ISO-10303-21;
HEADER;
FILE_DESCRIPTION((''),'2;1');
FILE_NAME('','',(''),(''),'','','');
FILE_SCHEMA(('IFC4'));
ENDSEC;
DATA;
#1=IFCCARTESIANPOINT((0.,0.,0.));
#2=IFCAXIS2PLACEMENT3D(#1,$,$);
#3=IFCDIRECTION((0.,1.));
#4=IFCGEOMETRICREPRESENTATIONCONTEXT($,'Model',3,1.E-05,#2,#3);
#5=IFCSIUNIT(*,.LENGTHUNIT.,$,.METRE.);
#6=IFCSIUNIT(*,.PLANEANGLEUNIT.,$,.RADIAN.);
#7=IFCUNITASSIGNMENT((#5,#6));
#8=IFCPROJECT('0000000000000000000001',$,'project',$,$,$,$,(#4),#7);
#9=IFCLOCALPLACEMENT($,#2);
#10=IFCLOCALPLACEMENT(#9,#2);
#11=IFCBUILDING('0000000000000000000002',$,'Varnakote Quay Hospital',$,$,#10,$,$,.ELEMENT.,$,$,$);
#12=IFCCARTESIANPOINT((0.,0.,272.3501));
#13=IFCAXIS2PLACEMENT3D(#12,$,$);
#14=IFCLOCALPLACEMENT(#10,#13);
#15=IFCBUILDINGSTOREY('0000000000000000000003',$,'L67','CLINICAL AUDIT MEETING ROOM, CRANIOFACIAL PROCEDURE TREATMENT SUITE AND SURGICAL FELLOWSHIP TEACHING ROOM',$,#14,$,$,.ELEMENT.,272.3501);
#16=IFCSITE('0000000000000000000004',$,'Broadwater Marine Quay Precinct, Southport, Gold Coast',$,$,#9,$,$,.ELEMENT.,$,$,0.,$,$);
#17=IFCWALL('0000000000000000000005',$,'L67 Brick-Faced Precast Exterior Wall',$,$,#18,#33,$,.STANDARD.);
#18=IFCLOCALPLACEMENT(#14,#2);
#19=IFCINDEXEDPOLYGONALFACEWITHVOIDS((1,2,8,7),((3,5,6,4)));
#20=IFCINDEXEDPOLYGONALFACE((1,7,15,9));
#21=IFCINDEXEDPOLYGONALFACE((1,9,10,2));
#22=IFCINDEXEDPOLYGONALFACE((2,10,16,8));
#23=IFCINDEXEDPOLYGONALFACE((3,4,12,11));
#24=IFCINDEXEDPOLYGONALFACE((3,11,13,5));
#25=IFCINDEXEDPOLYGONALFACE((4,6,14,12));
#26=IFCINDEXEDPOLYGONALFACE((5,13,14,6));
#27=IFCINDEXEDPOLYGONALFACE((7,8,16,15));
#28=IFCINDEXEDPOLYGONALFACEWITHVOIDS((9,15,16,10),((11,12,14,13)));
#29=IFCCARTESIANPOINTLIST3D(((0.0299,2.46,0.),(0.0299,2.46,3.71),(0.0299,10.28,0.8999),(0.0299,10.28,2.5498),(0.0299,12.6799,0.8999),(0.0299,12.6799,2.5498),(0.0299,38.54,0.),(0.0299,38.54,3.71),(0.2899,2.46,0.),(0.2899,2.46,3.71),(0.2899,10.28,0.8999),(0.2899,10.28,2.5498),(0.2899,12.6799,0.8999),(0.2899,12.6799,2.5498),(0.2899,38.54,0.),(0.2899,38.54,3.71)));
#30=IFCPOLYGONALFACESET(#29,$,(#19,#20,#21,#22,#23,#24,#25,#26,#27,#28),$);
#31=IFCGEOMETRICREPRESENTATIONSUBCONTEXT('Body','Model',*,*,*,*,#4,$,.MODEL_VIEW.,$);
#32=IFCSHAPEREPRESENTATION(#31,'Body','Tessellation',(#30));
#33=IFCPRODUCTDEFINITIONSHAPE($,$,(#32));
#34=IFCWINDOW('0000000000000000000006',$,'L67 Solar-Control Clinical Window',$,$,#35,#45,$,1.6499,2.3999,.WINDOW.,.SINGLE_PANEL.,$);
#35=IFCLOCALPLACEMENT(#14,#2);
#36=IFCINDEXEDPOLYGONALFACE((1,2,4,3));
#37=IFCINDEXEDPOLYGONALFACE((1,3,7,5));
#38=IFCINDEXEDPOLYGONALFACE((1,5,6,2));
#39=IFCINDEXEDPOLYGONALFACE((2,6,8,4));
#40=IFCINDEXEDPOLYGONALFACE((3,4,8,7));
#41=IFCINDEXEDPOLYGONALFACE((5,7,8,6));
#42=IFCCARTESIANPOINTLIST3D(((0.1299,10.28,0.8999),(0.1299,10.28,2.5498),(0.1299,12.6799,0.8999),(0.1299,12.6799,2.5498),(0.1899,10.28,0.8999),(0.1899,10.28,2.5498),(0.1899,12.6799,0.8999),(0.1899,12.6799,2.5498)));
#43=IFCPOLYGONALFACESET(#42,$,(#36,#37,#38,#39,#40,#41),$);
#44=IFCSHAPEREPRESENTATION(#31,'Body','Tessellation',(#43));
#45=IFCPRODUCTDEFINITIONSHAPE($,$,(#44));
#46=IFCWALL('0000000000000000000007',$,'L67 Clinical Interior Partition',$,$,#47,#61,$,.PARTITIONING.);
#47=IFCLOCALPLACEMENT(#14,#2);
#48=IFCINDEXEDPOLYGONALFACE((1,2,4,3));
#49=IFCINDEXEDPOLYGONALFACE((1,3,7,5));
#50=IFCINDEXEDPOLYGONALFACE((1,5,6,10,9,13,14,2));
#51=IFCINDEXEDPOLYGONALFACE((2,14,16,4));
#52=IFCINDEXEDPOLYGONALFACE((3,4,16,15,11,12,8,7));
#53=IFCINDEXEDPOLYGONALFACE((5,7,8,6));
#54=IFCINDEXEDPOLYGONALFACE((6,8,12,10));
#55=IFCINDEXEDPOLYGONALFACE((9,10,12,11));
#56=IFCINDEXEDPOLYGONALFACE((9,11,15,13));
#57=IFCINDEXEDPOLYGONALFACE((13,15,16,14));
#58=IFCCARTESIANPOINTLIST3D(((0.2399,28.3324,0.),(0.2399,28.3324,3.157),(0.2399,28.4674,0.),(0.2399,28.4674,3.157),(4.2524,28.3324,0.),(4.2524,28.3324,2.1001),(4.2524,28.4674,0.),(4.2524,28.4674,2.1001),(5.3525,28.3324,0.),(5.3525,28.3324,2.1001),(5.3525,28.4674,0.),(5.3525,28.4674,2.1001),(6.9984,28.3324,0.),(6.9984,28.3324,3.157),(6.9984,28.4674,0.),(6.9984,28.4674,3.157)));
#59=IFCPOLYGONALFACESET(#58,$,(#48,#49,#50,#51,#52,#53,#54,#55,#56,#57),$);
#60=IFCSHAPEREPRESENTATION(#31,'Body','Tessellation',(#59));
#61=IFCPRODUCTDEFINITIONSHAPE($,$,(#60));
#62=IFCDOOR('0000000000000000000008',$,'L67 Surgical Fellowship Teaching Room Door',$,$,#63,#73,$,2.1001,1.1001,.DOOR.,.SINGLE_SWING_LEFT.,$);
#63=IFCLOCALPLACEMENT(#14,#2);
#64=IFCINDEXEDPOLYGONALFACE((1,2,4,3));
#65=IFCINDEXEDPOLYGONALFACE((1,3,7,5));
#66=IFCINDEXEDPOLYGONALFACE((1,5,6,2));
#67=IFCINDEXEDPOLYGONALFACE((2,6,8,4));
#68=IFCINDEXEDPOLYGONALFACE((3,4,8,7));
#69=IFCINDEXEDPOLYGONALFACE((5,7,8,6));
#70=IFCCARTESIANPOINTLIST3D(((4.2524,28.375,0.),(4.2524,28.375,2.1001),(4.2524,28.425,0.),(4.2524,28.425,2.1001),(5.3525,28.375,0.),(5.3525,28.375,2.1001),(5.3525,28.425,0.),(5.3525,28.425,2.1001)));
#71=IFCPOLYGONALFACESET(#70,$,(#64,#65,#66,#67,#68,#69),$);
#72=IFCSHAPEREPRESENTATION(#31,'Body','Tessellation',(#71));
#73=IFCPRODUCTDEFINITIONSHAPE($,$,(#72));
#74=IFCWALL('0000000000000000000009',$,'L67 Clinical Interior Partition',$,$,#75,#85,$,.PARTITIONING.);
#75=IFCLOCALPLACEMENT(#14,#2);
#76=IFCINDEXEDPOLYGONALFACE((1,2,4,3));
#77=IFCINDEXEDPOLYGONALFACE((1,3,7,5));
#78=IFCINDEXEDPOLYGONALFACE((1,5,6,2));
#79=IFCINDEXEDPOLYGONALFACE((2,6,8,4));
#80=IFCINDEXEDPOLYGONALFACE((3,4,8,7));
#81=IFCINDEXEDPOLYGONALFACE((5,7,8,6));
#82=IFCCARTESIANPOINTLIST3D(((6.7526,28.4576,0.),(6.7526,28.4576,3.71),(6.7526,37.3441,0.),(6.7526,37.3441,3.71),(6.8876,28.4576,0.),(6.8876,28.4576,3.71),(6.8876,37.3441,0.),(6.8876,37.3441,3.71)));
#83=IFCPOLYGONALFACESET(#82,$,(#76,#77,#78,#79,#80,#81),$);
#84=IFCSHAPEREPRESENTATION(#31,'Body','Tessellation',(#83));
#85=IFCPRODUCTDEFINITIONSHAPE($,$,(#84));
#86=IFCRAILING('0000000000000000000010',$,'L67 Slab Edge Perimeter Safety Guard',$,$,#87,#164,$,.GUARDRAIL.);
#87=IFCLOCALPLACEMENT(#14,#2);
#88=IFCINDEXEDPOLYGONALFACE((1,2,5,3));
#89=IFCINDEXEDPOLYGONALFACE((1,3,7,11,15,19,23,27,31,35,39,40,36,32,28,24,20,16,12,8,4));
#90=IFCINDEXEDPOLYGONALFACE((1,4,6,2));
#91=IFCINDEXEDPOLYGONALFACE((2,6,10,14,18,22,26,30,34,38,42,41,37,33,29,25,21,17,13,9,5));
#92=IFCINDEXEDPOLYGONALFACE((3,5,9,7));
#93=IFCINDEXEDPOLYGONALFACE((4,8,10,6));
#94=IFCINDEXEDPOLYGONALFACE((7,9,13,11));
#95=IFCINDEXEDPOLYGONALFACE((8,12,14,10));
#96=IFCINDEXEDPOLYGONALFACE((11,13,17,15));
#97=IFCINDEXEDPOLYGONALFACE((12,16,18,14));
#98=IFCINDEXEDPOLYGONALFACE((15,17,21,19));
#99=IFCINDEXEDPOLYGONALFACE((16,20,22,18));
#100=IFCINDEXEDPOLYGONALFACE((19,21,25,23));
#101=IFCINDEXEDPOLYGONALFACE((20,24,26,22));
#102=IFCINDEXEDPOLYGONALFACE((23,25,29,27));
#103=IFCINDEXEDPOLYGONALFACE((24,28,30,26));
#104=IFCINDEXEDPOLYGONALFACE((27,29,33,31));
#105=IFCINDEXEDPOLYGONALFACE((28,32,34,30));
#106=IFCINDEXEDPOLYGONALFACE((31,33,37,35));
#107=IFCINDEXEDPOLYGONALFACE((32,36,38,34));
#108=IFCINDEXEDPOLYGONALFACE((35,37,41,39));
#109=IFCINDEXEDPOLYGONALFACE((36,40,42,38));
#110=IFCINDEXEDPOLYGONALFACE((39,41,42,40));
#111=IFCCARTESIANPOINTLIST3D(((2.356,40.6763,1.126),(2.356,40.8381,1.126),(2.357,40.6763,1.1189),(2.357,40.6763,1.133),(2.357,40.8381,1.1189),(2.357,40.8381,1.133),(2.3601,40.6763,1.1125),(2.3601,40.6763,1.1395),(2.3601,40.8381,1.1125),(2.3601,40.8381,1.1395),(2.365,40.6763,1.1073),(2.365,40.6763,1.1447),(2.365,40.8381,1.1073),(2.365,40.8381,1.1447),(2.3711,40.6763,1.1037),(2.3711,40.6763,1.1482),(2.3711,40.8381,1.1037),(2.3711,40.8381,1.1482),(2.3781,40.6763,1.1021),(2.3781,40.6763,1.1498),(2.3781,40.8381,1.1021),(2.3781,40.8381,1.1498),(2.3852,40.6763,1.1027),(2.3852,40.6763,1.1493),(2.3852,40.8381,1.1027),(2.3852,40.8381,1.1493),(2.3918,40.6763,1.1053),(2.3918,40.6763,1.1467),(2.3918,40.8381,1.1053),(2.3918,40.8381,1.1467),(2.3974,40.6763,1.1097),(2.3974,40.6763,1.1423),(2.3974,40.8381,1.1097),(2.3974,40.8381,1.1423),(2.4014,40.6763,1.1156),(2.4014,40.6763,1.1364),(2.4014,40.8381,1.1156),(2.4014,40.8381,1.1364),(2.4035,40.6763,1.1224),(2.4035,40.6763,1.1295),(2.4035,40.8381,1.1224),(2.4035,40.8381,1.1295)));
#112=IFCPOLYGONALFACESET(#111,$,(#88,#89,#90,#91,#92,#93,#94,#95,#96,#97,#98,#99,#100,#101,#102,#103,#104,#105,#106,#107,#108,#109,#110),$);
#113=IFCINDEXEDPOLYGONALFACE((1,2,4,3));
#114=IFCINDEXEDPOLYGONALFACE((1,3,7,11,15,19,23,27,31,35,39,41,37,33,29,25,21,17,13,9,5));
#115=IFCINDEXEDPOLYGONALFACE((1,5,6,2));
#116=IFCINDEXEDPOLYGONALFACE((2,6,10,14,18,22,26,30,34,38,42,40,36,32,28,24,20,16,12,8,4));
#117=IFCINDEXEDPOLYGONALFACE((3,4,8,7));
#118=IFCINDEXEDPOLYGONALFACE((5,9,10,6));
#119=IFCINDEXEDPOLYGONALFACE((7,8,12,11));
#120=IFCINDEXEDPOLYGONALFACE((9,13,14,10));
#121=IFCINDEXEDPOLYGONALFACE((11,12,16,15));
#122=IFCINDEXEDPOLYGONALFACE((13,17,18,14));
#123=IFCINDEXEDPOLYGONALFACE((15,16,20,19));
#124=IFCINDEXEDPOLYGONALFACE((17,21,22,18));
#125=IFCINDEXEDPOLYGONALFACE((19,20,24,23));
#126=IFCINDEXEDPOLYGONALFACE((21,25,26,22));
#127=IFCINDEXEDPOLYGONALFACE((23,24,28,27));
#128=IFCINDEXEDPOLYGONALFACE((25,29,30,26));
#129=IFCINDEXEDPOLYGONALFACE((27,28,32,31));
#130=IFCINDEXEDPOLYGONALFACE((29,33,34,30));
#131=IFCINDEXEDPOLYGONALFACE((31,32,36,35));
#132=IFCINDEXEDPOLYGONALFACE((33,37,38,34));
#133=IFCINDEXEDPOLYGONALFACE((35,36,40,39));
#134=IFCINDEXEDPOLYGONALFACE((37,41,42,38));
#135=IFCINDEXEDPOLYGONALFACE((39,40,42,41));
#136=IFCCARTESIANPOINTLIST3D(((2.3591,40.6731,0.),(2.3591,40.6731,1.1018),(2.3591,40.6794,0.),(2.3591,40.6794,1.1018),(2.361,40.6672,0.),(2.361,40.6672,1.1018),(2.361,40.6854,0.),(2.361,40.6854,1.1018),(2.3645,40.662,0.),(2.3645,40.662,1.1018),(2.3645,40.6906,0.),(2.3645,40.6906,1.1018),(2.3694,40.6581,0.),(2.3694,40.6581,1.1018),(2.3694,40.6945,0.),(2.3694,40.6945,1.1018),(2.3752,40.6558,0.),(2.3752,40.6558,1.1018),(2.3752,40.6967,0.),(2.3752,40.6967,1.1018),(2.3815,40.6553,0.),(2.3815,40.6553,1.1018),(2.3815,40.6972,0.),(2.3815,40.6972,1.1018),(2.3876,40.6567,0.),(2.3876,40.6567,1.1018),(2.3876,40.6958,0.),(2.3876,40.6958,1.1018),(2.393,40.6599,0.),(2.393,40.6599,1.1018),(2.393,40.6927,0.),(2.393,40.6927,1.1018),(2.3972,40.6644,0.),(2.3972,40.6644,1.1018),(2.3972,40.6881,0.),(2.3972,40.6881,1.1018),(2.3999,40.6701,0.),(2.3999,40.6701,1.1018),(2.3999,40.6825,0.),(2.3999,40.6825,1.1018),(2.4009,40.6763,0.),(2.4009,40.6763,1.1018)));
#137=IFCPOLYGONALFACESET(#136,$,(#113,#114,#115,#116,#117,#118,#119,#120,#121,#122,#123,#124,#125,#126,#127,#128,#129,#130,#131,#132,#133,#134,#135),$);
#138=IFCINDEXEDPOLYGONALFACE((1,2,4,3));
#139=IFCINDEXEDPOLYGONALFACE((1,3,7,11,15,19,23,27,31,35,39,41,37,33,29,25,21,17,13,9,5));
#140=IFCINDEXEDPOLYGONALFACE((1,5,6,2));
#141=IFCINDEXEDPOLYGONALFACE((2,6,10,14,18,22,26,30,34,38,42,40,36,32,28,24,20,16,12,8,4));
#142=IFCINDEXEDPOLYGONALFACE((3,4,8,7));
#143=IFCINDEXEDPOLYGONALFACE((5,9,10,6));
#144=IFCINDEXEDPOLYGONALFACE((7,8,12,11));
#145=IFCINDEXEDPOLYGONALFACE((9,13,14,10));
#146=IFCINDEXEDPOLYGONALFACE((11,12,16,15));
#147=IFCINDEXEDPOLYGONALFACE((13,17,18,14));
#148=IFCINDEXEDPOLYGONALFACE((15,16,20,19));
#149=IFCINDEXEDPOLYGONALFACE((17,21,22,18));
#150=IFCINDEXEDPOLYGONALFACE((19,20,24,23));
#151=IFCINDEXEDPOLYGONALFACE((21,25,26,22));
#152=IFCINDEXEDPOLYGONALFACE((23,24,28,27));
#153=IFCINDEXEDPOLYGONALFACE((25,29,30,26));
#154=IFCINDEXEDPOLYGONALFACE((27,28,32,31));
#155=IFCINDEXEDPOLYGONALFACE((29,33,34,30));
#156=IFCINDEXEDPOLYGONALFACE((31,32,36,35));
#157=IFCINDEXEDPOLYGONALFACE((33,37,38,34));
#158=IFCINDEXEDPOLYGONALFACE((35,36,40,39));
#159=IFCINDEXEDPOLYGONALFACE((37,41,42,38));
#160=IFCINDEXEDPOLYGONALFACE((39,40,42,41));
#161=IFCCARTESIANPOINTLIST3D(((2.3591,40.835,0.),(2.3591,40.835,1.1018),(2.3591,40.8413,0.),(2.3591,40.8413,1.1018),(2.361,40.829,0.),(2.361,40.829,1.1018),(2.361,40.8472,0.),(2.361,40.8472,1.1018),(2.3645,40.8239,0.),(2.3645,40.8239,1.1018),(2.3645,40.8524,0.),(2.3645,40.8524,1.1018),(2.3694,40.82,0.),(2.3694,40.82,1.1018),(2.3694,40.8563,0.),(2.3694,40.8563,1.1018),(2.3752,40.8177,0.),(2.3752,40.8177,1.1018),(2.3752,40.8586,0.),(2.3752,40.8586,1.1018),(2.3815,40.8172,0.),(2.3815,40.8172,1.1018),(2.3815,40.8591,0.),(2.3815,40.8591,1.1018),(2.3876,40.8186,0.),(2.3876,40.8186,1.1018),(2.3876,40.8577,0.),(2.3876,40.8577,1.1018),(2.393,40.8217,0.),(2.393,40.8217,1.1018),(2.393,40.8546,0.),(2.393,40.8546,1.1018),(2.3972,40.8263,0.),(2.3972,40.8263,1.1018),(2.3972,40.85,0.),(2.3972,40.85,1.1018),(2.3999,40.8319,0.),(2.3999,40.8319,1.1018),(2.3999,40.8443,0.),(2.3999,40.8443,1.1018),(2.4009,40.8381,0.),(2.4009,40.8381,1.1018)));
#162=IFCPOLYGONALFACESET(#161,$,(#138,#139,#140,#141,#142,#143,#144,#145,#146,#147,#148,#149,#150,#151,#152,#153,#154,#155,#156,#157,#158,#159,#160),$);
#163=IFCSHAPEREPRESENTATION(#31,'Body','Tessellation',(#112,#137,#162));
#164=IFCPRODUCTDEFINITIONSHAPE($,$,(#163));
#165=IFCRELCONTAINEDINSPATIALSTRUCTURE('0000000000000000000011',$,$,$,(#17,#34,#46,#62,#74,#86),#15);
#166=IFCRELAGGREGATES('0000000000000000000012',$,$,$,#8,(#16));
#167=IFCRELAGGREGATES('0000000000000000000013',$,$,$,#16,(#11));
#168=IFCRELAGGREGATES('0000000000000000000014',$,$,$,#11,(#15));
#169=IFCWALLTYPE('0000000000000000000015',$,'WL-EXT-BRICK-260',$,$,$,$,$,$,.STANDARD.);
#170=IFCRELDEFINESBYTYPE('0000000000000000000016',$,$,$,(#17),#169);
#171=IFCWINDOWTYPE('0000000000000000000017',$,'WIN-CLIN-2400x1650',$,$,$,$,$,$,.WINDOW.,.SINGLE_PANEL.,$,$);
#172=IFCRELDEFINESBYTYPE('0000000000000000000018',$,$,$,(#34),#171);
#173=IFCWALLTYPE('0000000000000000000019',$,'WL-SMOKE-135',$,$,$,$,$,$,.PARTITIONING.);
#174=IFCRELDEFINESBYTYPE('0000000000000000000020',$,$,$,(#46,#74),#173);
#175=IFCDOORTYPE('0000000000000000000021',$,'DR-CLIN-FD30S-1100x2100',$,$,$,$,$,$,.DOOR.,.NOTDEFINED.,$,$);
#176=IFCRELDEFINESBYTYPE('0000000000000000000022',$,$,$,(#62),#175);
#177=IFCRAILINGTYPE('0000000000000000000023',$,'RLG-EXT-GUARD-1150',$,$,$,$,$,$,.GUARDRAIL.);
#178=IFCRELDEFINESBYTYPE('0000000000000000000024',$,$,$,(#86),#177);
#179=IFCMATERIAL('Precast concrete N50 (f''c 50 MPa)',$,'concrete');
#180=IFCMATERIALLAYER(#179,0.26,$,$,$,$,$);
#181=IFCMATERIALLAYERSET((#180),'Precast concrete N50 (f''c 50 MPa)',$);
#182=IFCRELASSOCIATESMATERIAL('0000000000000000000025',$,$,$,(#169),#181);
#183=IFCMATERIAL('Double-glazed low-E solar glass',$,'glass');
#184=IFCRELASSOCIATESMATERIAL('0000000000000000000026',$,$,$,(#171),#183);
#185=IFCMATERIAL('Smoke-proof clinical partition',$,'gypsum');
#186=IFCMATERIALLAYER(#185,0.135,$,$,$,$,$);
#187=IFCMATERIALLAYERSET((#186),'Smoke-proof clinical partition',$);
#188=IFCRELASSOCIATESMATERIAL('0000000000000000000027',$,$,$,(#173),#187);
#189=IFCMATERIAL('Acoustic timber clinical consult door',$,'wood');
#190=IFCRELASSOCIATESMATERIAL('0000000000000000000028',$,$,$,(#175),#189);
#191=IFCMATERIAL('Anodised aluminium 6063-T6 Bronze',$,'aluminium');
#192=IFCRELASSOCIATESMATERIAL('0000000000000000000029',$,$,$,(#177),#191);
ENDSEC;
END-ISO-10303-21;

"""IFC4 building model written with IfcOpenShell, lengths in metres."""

from ifc_helpers import new_model, si_unit, direction, frame, frame_2d, origin, origin_2d, place, context, subcontext, project, spatial, rectangle, circle, extrude, material, layer, layer_set, type_object, element, fill, save


model = new_model("IFC4")

# Units and contexts
model_context = context("Model", 3, precision=1e-05, world=origin(), true_north=direction((0.0, 1.0)))
body_context = subcontext(model_context, "Body", "Model", "MODEL_VIEW")
ifc_project = project(units=[si_unit("LENGTHUNIT", "METRE"), si_unit("PLANEANGLEUNIT", "RADIAN")], contexts=[model_context])

# Site, building, storey
site_placement = place(None, origin())
site = spatial("IfcSite", under=ifc_project, at=site_placement, Name="Broadwater Marine Quay Precinct, Southport, Gold Coast", CompositionType="ELEMENT", RefElevation=0.0)
building_placement = place(site_placement, origin())
building = spatial("IfcBuilding", under=site, at=building_placement, Name="Varnakote Quay Hospital", CompositionType="ELEMENT")
storey_placement = place(building_placement, frame((0.0, 0.0, 272.3501)))
storey = spatial("IfcBuildingStorey", under=building, at=storey_placement, Name="L67", Description="CLINICAL AUDIT MEETING ROOM, CRANIOFACIAL PROCEDURE TREATMENT SUITE AND SURGICAL FELLOWSHIP TEACHING ROOM", CompositionType="ELEMENT", Elevation=272.3501)

# Shared definitions
ifc_material_1 = material(Name="Precast concrete N50 (f'c 50 MPa)", Category="concrete")
ifc_layer_1 = layer(ifc_material_1, 0.26)
ifc_layer_set_1 = layer_set([ifc_layer_1], Name="Precast concrete N50 (f'c 50 MPa)")
wall_type_1 = type_object("IfcWallType", Name="WL-EXT-BRICK-260", PredefinedType="STANDARD", material=ifc_layer_set_1)
ifc_material_2 = material(Name="Double-glazed low-E solar glass", Category="glass")
window_type = type_object("IfcWindowType", Name="WIN-CLIN-2400x1650", PartitioningType="SINGLE_PANEL", PredefinedType="WINDOW", material=ifc_material_2)

# Wall, opening, window
wall_1_placement = place(storey_placement, frame((0.1599, 38.54, 0.0), z_axis=(0.0, 0.0, 1.0), x_axis=(0.0, -1.0, 0.0)))
wall_1 = element("IfcWall", 1, at=wall_1_placement, inside=storey, type_object=wall_type_1, Name="L67 Brick-Faced Precast Exterior Wall", PredefinedType="STANDARD", context=body_context, shape_type="SweptSolid", body=[
    extrude(rectangle(XDim=36.0801, YDim=0.26, at=frame_2d((18.04, 0.0))), origin(), (0.0, 0.0, 1.0), 3.71),
])
opening_1_placement = place(wall_1_placement, frame((25.8601, 0.0, 0.8999)))
opening_1 = element("IfcOpeningElement", 2, at=opening_1_placement, cuts=wall_1, PredefinedType="OPENING", context=body_context, shape_type="SweptSolid", body=[
    extrude(rectangle(XDim=2.3999, YDim=1.6499, at=frame_2d((1.2, 0.825))), frame((0.0, 0.1399, 0.0), z_axis=(0.0, -1.0, 0.0), x_axis=(1.0, 0.0, 0.0)), (0.0, 0.0, 1.0), 0.28),
])
window_1_placement = place(opening_1_placement, origin())
window_1 = element("IfcWindow", 3, at=window_1_placement, inside=storey, type_object=window_type, Name="L67 Solar-Control Clinical Window", OverallHeight=1.6499, OverallWidth=2.3999, PartitioningType="SINGLE_PANEL", PredefinedType="WINDOW", context=body_context, shape_type="SweptSolid", body=[
    extrude(rectangle(XDim=2.3999, YDim=1.6499, at=frame_2d((1.2, 0.825))), frame((0.0, 0.03, 0.0), z_axis=(0.0, -1.0, 0.0), x_axis=(1.0, 0.0, 0.0)), (0.0, 0.0, 1.0), 0.0601),
])
fill(opening_1, window_1)

# Wall, opening, door
ifc_material_3 = material(Name="Smoke-proof clinical partition", Category="gypsum")
ifc_layer_2 = layer(ifc_material_3, 0.135)
ifc_layer_set_2 = layer_set([ifc_layer_2], Name="Smoke-proof clinical partition")
wall_type_2 = type_object("IfcWallType", Name="WL-SMOKE-135", PredefinedType="PARTITIONING", material=ifc_layer_set_2)
wall_2_placement = place(storey_placement, frame((6.9985, 28.3999, 0.0), z_axis=(0.0, 0.0, 1.0), x_axis=(-1.0, 0.0, 0.0)))
wall_2 = element("IfcWall", 4, at=wall_2_placement, inside=storey, type_object=wall_type_2, Name="L67 Clinical Interior Partition", PredefinedType="PARTITIONING", context=body_context, shape_type="SweptSolid", body=[
    extrude(rectangle(XDim=6.7585, YDim=0.135, at=frame_2d((3.3794, 0.0))), origin(), (0.0, 0.0, 1.0), 3.157),
])
opening_2_placement = place(wall_2_placement, frame((1.646, 0.0, 0.0)))
opening_2 = element("IfcOpeningElement", 5, at=opening_2_placement, cuts=wall_2, PredefinedType="OPENING", context=body_context, shape_type="SweptSolid", body=[
    extrude(rectangle(XDim=1.1001, YDim=2.1001, at=frame_2d((0.55, 1.05))), frame((0.0, 0.0774, 0.0), z_axis=(0.0, -1.0, 0.0), x_axis=(1.0, 0.0, 0.0)), (0.0, 0.0, 1.0), 0.155),
])
ifc_material_4 = material(Name="Acoustic timber clinical consult door", Category="wood")
door_type = type_object("IfcDoorType", Name="DR-CLIN-FD30S-1100x2100", OperationType="NOTDEFINED", PredefinedType="DOOR", material=ifc_material_4)
door_placement = place(opening_2_placement, origin())
door = element("IfcDoor", 6, at=door_placement, inside=storey, type_object=door_type, Name="L67 Surgical Fellowship Teaching Room Door", OperationType="SINGLE_SWING_LEFT", OverallHeight=2.1001, OverallWidth=1.1001, PredefinedType="DOOR", context=body_context, shape_type="SweptSolid", body=[
    extrude(rectangle(XDim=1.1001, YDim=2.1001, at=frame_2d((0.55, 1.05))), frame((0.0, 0.0249, 0.0), z_axis=(0.0, -1.0, 0.0), x_axis=(1.0, 0.0, 0.0)), (0.0, 0.0, 1.0), 0.05),
])
fill(opening_2, door)

# Wall
wall_3_placement = place(storey_placement, frame((6.8201, 28.4575, 0.0), z_axis=(0.0, 0.0, 1.0), x_axis=(0.0, 1.0, 0.0)))
element("IfcWall", 7, at=wall_3_placement, inside=storey, type_object=wall_type_2, Name="L67 Clinical Interior Partition", PredefinedType="PARTITIONING", context=body_context, shape_type="SweptSolid", body=[
    extrude(rectangle(XDim=8.8865, YDim=0.135, at=frame_2d((4.4434, 0.0))), origin(), (0.0, 0.0, 1.0), 3.71),
])

# Railing
ifc_material_5 = material(Name="Anodised aluminium 6063-T6 Bronze", Category="aluminium")
railing_type = type_object("IfcRailingType", Name="RLG-EXT-GUARD-1150", PredefinedType="GUARDRAIL", material=ifc_material_5)
railing_1_placement = place(storey_placement, frame((2.3799, 40.6763, 0.0)))
element("IfcRailing", 8, at=railing_1_placement, inside=storey, type_object=railing_type, Name="L67 Slab Edge Perimeter Safety Guard", PredefinedType="GUARDRAIL", context=body_context, shape_type="SweptSolid", body=[
    extrude(circle(Radius=0.0239, at=origin_2d()), frame((0.0, 0.0, 1.126), z_axis=(0.0, 1.0, 0.0), x_axis=(-1.0, 0.0, 0.0)), (0.0, 0.0, 1.0), 0.1619),
    extrude(circle(Radius=0.021, at=origin_2d()), origin(), (0.0, 0.0, 1.0), 1.1018),
    extrude(circle(Radius=0.021, at=origin_2d()), frame((0.0, 0.1619, 0.0)), (0.0, 0.0, 1.0), 1.1018),
])

save(model, "model.ifc")
